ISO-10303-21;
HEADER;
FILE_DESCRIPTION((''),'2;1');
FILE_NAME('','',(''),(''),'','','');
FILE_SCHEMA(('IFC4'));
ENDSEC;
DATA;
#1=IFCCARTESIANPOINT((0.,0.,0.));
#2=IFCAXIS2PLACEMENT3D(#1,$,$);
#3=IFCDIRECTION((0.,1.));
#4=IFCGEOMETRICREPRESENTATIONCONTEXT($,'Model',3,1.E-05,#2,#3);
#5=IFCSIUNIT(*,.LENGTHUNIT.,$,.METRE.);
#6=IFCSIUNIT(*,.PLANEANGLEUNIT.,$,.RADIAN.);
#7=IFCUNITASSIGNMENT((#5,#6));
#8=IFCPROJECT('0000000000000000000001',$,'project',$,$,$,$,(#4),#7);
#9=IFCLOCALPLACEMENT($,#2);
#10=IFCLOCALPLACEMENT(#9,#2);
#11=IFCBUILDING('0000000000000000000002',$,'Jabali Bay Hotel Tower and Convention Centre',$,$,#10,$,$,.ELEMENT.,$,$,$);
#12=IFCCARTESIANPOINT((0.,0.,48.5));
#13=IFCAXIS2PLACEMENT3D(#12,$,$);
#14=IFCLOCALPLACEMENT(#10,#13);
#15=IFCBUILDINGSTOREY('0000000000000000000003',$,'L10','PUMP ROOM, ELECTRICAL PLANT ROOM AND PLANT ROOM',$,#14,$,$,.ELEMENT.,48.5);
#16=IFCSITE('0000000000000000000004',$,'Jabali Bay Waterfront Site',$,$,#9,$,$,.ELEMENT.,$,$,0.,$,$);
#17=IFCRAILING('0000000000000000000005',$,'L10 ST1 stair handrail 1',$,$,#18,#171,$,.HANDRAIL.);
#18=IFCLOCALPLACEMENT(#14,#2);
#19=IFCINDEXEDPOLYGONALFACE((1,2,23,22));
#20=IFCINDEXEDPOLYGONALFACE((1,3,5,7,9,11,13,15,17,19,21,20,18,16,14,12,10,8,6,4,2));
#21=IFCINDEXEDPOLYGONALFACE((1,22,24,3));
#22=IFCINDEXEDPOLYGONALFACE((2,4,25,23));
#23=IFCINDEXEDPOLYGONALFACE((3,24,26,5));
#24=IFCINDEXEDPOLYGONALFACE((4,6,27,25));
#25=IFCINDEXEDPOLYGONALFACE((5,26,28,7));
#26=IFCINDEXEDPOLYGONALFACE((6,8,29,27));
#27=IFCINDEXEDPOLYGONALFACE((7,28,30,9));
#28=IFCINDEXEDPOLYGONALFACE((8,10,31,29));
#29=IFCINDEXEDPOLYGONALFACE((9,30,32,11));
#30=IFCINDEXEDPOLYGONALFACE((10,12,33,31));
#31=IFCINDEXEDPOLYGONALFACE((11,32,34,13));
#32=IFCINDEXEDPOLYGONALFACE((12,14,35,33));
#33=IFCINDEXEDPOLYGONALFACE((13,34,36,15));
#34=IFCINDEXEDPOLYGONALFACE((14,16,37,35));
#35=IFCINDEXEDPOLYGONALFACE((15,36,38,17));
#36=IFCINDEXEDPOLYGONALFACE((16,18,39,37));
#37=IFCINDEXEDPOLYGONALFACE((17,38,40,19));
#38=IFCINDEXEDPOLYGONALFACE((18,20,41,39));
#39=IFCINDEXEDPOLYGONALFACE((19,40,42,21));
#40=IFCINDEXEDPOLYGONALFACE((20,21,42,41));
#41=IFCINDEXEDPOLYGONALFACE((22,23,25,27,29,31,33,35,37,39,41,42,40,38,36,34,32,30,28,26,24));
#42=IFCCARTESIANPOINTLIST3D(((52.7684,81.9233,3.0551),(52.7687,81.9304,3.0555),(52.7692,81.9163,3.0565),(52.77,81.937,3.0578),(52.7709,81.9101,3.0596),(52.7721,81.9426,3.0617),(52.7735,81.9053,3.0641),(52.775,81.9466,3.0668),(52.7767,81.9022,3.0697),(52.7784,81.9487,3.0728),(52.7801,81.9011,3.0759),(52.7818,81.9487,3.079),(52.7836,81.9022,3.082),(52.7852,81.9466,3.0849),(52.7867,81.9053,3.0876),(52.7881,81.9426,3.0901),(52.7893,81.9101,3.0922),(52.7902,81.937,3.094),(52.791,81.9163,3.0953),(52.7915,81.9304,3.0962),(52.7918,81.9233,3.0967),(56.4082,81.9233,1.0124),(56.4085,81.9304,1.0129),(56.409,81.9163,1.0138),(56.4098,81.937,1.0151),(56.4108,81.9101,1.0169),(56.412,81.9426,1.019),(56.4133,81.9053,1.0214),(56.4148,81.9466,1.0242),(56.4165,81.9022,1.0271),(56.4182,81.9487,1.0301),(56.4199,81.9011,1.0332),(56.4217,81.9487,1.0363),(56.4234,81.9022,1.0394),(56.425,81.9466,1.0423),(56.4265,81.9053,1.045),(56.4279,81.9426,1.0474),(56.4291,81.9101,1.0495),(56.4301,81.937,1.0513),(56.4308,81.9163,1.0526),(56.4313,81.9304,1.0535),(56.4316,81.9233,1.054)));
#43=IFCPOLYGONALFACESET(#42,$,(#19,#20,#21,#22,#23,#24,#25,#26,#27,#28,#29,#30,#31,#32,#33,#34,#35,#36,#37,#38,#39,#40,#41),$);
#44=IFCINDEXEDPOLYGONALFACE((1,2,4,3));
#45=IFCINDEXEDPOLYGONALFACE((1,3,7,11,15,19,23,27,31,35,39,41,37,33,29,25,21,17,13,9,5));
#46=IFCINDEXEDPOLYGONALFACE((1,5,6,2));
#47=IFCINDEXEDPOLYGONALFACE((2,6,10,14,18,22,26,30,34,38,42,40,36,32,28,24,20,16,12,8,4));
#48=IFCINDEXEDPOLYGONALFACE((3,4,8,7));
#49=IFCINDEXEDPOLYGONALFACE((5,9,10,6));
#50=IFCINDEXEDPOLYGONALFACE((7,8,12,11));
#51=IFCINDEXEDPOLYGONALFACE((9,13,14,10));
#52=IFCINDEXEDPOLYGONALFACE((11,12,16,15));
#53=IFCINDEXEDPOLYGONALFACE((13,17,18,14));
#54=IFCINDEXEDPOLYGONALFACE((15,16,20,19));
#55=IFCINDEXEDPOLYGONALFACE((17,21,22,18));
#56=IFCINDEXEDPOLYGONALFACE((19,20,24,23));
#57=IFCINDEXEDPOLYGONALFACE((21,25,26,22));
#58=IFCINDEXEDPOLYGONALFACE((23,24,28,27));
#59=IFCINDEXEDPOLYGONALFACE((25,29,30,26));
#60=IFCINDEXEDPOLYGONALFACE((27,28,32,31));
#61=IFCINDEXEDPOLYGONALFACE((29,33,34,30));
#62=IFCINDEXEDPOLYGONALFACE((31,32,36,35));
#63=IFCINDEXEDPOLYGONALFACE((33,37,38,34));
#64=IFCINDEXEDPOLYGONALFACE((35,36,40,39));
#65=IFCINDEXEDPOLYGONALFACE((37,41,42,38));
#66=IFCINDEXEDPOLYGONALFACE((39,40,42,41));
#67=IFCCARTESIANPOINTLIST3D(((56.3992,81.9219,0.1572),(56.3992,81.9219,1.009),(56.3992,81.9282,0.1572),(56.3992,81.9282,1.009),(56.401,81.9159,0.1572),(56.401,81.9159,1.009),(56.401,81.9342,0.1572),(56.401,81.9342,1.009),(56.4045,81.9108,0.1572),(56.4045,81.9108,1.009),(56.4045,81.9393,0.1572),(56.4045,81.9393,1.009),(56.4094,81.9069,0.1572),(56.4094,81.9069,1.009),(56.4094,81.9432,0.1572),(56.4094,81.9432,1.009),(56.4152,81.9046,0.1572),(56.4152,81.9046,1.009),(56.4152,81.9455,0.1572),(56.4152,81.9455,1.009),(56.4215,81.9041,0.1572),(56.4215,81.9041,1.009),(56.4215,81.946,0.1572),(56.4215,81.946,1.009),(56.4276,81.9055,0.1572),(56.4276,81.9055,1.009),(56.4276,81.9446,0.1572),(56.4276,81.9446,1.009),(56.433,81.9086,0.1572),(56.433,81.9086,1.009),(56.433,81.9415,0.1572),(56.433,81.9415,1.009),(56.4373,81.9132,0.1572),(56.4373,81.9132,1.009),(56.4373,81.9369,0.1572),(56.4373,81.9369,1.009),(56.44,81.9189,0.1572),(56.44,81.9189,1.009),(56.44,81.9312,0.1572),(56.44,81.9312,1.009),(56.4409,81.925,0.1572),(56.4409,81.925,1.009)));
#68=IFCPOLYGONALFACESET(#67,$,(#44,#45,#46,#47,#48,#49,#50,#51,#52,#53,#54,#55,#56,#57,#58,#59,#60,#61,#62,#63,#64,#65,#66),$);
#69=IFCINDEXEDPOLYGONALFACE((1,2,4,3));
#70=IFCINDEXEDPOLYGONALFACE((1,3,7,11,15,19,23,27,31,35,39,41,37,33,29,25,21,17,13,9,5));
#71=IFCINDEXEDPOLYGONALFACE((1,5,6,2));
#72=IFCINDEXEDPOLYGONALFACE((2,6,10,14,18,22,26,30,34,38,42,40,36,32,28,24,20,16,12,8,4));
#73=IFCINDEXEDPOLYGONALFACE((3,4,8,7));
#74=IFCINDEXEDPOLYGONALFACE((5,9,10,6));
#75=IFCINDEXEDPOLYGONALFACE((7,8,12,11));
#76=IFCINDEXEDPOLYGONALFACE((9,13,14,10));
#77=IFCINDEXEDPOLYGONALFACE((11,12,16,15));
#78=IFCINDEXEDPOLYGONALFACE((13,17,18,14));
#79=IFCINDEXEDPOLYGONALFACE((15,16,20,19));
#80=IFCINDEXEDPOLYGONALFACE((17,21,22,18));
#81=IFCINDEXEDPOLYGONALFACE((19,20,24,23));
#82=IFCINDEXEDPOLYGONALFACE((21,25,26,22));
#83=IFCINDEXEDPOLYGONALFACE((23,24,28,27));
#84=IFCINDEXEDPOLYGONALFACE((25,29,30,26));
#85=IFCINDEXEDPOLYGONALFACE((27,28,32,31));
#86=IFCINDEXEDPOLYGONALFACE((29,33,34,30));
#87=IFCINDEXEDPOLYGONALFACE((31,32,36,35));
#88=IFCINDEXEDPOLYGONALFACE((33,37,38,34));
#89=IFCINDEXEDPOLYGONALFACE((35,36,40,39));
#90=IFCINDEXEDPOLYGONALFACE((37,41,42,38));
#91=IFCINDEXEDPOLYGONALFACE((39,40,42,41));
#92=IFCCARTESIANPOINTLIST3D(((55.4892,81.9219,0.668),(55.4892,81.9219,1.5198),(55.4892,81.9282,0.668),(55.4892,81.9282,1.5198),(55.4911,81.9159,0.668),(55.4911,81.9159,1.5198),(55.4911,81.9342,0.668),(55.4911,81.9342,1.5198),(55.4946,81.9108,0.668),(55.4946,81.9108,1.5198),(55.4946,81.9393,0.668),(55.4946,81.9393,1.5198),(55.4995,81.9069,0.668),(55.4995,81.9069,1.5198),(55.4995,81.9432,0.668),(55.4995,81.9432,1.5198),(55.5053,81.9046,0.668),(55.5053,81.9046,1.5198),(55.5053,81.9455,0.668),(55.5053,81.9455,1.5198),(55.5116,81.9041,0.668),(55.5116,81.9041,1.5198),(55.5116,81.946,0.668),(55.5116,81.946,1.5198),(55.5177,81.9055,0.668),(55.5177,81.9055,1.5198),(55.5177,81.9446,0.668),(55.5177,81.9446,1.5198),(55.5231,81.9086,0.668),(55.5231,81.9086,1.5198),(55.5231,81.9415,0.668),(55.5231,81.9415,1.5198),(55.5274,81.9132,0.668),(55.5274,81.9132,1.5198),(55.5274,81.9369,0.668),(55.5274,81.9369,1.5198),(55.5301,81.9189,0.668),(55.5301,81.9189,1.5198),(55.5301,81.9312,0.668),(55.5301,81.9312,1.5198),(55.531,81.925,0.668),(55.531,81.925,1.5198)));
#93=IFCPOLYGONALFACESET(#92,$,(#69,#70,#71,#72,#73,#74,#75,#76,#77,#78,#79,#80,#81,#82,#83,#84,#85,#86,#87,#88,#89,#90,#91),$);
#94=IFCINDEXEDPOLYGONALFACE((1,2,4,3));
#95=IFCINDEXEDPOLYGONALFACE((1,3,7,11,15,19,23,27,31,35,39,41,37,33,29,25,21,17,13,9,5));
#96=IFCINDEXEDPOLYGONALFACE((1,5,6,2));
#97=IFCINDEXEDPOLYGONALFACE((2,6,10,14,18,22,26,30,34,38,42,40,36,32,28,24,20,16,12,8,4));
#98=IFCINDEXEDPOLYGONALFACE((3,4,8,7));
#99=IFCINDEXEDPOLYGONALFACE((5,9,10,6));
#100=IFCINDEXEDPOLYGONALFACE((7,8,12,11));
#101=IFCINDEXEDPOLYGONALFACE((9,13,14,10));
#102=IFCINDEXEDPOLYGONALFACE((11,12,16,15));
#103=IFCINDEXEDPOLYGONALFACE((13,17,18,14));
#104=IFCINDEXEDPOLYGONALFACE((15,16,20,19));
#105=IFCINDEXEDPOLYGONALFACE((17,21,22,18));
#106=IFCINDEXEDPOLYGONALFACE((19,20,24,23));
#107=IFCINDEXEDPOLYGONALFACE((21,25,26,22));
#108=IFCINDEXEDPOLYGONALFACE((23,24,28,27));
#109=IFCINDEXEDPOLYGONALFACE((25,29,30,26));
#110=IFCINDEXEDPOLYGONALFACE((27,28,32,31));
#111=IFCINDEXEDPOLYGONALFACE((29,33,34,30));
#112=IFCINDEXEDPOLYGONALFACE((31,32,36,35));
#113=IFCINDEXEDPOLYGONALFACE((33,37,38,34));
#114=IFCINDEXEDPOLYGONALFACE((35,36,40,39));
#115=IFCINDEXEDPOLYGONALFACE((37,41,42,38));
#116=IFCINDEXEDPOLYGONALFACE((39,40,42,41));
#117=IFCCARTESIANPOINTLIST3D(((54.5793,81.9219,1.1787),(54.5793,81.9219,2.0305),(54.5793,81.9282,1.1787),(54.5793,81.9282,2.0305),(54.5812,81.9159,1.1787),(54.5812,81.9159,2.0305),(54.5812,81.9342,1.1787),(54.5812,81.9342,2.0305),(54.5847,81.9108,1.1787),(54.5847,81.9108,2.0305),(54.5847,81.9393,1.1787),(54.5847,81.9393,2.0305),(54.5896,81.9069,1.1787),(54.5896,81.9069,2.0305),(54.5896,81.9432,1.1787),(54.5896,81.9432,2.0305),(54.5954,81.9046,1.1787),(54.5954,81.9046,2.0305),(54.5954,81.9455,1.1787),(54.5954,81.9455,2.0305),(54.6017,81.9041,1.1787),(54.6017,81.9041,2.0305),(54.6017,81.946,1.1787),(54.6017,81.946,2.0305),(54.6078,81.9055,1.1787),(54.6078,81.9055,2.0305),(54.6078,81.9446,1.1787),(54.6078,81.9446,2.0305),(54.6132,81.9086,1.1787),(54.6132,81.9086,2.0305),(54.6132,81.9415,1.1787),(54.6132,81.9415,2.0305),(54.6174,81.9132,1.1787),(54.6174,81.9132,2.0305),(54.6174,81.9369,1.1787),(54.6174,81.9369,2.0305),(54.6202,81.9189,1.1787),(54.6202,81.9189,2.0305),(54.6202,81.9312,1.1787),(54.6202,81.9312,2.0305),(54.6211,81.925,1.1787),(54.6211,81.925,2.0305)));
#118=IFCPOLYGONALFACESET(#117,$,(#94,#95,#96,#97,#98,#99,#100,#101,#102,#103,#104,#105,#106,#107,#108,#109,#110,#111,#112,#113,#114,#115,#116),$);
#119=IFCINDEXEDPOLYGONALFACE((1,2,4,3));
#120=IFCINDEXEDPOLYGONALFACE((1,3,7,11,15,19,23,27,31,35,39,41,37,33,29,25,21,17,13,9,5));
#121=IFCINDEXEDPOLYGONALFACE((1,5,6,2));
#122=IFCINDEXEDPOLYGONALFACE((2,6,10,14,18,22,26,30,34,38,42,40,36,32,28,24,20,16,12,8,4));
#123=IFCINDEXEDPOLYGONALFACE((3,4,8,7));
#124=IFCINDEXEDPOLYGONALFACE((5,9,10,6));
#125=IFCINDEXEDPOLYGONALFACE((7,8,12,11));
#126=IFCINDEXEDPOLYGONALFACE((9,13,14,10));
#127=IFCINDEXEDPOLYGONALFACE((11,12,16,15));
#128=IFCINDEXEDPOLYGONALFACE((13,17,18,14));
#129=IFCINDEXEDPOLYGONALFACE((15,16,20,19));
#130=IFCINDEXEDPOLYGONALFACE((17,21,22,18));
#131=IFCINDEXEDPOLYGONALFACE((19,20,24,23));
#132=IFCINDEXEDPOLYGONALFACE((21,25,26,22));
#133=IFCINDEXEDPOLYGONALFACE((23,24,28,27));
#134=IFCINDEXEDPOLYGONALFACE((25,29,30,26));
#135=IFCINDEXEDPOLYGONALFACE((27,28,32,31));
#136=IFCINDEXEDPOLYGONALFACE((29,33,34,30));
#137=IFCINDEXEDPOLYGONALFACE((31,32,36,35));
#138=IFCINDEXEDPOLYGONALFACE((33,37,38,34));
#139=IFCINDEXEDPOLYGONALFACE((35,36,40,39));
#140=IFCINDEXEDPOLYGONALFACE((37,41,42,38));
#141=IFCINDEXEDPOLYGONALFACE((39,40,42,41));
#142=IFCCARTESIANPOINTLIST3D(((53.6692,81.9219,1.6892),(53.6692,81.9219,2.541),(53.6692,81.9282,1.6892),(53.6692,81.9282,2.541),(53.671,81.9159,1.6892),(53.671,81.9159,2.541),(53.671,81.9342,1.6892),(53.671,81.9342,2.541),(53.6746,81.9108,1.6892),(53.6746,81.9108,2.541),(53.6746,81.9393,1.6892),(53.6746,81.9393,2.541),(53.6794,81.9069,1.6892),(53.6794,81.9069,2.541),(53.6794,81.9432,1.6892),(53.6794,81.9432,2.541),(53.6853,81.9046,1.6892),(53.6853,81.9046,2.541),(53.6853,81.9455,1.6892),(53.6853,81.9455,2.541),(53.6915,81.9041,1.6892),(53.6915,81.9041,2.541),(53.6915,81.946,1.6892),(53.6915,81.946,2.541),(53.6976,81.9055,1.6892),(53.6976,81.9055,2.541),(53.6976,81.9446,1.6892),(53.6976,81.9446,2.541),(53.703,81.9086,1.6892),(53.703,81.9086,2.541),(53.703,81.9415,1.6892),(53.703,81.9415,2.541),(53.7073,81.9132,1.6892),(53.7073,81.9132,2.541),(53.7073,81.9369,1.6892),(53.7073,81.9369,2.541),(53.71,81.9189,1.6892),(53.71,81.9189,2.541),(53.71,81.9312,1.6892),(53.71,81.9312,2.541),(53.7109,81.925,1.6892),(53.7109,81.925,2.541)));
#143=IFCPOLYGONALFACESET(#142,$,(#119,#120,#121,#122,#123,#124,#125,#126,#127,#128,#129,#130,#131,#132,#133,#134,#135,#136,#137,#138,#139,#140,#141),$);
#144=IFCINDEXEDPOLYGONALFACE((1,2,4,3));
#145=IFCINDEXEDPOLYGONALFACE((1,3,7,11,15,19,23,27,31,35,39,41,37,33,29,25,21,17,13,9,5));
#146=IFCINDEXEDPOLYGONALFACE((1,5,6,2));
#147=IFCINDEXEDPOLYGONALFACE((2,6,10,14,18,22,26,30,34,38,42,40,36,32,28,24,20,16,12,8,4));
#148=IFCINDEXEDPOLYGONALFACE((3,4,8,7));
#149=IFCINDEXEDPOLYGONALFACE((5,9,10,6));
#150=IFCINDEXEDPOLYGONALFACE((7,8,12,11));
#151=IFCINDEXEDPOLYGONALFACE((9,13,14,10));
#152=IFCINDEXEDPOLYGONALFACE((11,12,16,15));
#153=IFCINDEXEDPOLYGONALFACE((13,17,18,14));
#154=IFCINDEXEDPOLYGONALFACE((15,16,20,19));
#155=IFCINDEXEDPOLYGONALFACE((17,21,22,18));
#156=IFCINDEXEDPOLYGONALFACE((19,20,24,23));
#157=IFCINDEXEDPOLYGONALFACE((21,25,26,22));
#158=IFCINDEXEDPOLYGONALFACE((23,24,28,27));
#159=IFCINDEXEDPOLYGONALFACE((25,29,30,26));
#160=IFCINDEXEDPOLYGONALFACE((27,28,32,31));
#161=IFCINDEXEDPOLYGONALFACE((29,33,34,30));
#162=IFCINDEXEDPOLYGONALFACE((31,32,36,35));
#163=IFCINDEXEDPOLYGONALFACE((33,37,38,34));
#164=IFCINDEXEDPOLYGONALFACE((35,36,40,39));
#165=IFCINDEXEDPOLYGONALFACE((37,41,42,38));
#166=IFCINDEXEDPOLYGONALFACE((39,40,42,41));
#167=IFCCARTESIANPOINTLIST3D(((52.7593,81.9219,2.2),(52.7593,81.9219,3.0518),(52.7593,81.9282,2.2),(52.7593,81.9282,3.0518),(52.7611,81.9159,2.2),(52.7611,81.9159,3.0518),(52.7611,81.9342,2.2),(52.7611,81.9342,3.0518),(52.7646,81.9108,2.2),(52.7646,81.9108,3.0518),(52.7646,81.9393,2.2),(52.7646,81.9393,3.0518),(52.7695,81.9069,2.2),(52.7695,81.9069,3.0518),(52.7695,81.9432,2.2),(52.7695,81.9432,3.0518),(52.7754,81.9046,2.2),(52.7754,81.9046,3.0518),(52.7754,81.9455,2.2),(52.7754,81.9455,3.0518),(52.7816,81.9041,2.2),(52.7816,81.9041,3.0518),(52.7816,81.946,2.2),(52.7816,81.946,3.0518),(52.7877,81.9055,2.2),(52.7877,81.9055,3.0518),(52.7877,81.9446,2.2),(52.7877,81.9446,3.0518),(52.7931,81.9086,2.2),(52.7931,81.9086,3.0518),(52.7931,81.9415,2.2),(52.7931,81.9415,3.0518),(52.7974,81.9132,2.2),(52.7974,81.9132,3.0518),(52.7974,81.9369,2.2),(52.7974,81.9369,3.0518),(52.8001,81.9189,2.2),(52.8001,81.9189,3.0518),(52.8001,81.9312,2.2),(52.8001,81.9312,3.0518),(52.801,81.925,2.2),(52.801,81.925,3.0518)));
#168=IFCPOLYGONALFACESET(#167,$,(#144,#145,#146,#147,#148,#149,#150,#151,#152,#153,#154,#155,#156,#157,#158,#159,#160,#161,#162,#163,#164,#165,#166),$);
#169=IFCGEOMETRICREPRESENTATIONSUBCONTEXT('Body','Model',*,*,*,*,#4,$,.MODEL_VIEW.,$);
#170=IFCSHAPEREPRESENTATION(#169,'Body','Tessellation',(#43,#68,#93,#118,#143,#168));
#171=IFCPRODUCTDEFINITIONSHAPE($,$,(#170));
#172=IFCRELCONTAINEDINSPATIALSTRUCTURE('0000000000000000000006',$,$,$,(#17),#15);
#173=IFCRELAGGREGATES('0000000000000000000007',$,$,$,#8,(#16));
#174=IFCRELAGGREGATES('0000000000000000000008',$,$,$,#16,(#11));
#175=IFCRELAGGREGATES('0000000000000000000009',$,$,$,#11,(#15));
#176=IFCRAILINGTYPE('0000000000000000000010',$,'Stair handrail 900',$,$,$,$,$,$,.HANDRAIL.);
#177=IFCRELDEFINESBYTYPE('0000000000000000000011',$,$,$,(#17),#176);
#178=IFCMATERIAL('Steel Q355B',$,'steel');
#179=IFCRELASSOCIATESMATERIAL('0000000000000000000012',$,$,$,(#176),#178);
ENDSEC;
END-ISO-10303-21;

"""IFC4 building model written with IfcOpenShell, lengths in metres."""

from ifc_helpers import new_model, si_unit, direction, frame, origin, origin_2d, place, context, subcontext, project, spatial, circle, extrude, material, type_object, element, save


model = new_model("IFC4")

# Units and contexts
model_context = context("Model", 3, precision=1e-05, world=origin(), true_north=direction((0.0, 1.0)))
body_context = subcontext(model_context, "Body", "Model", "MODEL_VIEW")
ifc_project = project(units=[si_unit("LENGTHUNIT", "METRE"), si_unit("PLANEANGLEUNIT", "RADIAN")], contexts=[model_context])

# Site, building, storey
site_placement = place(None, origin())
site = spatial("IfcSite", under=ifc_project, at=site_placement, Name="Jabali Bay Waterfront Site", CompositionType="ELEMENT", RefElevation=0.0)
building_placement = place(site_placement, origin())
building = spatial("IfcBuilding", under=site, at=building_placement, Name="Jabali Bay Hotel Tower and Convention Centre", CompositionType="ELEMENT")
storey_placement = place(building_placement, frame((0.0, 0.0, 48.5)))
storey = spatial("IfcBuildingStorey", under=building, at=storey_placement, Name="L10", Description="PUMP ROOM, ELECTRICAL PLANT ROOM AND PLANT ROOM", CompositionType="ELEMENT", Elevation=48.5)

# Railing
ifc_material_1 = material(Name="Steel Q355B", Category="steel")
railing_type = type_object("IfcRailingType", Name="Stair handrail 900", PredefinedType="HANDRAIL", material=ifc_material_1)
railing_placement = place(storey_placement, frame((56.4199, 81.925, 0.1572)))
element("IfcRailing", 1, at=railing_placement, inside=storey, type_object=railing_type, Name="L10 ST1 stair handrail 1", PredefinedType="HANDRAIL", context=body_context, shape_type="SweptSolid", body=[
    extrude(circle(Radius=0.0239, at=origin_2d()), frame((0.0, 0.0, 0.876), z_axis=(-0.872058, 0.0, 0.489403), x_axis=(0.0, -1.0, 0.0)), (0.0, 0.0, 1.0), 4.1738),
    extrude(circle(Radius=0.021, at=origin_2d()), origin(), (0.0, 0.0, 1.0), 0.8518),
    extrude(circle(Radius=0.021, at=origin_2d()), frame((-0.9099, 0.0, 0.5107)), (0.0, 0.0, 1.0), 0.8518),
    extrude(circle(Radius=0.021, at=origin_2d()), frame((-1.8198, 0.0, 1.0215)), (0.0, 0.0, 1.0), 0.8518),
    extrude(circle(Radius=0.021, at=origin_2d()), frame((-2.73, 0.0, 1.532)), (0.0, 0.0, 1.0), 0.8518),
    extrude(circle(Radius=0.021, at=origin_2d()), frame((-3.6399, 0.0, 2.0427)), (0.0, 0.0, 1.0), 0.8518),
])

save(model, "model.ifc")
